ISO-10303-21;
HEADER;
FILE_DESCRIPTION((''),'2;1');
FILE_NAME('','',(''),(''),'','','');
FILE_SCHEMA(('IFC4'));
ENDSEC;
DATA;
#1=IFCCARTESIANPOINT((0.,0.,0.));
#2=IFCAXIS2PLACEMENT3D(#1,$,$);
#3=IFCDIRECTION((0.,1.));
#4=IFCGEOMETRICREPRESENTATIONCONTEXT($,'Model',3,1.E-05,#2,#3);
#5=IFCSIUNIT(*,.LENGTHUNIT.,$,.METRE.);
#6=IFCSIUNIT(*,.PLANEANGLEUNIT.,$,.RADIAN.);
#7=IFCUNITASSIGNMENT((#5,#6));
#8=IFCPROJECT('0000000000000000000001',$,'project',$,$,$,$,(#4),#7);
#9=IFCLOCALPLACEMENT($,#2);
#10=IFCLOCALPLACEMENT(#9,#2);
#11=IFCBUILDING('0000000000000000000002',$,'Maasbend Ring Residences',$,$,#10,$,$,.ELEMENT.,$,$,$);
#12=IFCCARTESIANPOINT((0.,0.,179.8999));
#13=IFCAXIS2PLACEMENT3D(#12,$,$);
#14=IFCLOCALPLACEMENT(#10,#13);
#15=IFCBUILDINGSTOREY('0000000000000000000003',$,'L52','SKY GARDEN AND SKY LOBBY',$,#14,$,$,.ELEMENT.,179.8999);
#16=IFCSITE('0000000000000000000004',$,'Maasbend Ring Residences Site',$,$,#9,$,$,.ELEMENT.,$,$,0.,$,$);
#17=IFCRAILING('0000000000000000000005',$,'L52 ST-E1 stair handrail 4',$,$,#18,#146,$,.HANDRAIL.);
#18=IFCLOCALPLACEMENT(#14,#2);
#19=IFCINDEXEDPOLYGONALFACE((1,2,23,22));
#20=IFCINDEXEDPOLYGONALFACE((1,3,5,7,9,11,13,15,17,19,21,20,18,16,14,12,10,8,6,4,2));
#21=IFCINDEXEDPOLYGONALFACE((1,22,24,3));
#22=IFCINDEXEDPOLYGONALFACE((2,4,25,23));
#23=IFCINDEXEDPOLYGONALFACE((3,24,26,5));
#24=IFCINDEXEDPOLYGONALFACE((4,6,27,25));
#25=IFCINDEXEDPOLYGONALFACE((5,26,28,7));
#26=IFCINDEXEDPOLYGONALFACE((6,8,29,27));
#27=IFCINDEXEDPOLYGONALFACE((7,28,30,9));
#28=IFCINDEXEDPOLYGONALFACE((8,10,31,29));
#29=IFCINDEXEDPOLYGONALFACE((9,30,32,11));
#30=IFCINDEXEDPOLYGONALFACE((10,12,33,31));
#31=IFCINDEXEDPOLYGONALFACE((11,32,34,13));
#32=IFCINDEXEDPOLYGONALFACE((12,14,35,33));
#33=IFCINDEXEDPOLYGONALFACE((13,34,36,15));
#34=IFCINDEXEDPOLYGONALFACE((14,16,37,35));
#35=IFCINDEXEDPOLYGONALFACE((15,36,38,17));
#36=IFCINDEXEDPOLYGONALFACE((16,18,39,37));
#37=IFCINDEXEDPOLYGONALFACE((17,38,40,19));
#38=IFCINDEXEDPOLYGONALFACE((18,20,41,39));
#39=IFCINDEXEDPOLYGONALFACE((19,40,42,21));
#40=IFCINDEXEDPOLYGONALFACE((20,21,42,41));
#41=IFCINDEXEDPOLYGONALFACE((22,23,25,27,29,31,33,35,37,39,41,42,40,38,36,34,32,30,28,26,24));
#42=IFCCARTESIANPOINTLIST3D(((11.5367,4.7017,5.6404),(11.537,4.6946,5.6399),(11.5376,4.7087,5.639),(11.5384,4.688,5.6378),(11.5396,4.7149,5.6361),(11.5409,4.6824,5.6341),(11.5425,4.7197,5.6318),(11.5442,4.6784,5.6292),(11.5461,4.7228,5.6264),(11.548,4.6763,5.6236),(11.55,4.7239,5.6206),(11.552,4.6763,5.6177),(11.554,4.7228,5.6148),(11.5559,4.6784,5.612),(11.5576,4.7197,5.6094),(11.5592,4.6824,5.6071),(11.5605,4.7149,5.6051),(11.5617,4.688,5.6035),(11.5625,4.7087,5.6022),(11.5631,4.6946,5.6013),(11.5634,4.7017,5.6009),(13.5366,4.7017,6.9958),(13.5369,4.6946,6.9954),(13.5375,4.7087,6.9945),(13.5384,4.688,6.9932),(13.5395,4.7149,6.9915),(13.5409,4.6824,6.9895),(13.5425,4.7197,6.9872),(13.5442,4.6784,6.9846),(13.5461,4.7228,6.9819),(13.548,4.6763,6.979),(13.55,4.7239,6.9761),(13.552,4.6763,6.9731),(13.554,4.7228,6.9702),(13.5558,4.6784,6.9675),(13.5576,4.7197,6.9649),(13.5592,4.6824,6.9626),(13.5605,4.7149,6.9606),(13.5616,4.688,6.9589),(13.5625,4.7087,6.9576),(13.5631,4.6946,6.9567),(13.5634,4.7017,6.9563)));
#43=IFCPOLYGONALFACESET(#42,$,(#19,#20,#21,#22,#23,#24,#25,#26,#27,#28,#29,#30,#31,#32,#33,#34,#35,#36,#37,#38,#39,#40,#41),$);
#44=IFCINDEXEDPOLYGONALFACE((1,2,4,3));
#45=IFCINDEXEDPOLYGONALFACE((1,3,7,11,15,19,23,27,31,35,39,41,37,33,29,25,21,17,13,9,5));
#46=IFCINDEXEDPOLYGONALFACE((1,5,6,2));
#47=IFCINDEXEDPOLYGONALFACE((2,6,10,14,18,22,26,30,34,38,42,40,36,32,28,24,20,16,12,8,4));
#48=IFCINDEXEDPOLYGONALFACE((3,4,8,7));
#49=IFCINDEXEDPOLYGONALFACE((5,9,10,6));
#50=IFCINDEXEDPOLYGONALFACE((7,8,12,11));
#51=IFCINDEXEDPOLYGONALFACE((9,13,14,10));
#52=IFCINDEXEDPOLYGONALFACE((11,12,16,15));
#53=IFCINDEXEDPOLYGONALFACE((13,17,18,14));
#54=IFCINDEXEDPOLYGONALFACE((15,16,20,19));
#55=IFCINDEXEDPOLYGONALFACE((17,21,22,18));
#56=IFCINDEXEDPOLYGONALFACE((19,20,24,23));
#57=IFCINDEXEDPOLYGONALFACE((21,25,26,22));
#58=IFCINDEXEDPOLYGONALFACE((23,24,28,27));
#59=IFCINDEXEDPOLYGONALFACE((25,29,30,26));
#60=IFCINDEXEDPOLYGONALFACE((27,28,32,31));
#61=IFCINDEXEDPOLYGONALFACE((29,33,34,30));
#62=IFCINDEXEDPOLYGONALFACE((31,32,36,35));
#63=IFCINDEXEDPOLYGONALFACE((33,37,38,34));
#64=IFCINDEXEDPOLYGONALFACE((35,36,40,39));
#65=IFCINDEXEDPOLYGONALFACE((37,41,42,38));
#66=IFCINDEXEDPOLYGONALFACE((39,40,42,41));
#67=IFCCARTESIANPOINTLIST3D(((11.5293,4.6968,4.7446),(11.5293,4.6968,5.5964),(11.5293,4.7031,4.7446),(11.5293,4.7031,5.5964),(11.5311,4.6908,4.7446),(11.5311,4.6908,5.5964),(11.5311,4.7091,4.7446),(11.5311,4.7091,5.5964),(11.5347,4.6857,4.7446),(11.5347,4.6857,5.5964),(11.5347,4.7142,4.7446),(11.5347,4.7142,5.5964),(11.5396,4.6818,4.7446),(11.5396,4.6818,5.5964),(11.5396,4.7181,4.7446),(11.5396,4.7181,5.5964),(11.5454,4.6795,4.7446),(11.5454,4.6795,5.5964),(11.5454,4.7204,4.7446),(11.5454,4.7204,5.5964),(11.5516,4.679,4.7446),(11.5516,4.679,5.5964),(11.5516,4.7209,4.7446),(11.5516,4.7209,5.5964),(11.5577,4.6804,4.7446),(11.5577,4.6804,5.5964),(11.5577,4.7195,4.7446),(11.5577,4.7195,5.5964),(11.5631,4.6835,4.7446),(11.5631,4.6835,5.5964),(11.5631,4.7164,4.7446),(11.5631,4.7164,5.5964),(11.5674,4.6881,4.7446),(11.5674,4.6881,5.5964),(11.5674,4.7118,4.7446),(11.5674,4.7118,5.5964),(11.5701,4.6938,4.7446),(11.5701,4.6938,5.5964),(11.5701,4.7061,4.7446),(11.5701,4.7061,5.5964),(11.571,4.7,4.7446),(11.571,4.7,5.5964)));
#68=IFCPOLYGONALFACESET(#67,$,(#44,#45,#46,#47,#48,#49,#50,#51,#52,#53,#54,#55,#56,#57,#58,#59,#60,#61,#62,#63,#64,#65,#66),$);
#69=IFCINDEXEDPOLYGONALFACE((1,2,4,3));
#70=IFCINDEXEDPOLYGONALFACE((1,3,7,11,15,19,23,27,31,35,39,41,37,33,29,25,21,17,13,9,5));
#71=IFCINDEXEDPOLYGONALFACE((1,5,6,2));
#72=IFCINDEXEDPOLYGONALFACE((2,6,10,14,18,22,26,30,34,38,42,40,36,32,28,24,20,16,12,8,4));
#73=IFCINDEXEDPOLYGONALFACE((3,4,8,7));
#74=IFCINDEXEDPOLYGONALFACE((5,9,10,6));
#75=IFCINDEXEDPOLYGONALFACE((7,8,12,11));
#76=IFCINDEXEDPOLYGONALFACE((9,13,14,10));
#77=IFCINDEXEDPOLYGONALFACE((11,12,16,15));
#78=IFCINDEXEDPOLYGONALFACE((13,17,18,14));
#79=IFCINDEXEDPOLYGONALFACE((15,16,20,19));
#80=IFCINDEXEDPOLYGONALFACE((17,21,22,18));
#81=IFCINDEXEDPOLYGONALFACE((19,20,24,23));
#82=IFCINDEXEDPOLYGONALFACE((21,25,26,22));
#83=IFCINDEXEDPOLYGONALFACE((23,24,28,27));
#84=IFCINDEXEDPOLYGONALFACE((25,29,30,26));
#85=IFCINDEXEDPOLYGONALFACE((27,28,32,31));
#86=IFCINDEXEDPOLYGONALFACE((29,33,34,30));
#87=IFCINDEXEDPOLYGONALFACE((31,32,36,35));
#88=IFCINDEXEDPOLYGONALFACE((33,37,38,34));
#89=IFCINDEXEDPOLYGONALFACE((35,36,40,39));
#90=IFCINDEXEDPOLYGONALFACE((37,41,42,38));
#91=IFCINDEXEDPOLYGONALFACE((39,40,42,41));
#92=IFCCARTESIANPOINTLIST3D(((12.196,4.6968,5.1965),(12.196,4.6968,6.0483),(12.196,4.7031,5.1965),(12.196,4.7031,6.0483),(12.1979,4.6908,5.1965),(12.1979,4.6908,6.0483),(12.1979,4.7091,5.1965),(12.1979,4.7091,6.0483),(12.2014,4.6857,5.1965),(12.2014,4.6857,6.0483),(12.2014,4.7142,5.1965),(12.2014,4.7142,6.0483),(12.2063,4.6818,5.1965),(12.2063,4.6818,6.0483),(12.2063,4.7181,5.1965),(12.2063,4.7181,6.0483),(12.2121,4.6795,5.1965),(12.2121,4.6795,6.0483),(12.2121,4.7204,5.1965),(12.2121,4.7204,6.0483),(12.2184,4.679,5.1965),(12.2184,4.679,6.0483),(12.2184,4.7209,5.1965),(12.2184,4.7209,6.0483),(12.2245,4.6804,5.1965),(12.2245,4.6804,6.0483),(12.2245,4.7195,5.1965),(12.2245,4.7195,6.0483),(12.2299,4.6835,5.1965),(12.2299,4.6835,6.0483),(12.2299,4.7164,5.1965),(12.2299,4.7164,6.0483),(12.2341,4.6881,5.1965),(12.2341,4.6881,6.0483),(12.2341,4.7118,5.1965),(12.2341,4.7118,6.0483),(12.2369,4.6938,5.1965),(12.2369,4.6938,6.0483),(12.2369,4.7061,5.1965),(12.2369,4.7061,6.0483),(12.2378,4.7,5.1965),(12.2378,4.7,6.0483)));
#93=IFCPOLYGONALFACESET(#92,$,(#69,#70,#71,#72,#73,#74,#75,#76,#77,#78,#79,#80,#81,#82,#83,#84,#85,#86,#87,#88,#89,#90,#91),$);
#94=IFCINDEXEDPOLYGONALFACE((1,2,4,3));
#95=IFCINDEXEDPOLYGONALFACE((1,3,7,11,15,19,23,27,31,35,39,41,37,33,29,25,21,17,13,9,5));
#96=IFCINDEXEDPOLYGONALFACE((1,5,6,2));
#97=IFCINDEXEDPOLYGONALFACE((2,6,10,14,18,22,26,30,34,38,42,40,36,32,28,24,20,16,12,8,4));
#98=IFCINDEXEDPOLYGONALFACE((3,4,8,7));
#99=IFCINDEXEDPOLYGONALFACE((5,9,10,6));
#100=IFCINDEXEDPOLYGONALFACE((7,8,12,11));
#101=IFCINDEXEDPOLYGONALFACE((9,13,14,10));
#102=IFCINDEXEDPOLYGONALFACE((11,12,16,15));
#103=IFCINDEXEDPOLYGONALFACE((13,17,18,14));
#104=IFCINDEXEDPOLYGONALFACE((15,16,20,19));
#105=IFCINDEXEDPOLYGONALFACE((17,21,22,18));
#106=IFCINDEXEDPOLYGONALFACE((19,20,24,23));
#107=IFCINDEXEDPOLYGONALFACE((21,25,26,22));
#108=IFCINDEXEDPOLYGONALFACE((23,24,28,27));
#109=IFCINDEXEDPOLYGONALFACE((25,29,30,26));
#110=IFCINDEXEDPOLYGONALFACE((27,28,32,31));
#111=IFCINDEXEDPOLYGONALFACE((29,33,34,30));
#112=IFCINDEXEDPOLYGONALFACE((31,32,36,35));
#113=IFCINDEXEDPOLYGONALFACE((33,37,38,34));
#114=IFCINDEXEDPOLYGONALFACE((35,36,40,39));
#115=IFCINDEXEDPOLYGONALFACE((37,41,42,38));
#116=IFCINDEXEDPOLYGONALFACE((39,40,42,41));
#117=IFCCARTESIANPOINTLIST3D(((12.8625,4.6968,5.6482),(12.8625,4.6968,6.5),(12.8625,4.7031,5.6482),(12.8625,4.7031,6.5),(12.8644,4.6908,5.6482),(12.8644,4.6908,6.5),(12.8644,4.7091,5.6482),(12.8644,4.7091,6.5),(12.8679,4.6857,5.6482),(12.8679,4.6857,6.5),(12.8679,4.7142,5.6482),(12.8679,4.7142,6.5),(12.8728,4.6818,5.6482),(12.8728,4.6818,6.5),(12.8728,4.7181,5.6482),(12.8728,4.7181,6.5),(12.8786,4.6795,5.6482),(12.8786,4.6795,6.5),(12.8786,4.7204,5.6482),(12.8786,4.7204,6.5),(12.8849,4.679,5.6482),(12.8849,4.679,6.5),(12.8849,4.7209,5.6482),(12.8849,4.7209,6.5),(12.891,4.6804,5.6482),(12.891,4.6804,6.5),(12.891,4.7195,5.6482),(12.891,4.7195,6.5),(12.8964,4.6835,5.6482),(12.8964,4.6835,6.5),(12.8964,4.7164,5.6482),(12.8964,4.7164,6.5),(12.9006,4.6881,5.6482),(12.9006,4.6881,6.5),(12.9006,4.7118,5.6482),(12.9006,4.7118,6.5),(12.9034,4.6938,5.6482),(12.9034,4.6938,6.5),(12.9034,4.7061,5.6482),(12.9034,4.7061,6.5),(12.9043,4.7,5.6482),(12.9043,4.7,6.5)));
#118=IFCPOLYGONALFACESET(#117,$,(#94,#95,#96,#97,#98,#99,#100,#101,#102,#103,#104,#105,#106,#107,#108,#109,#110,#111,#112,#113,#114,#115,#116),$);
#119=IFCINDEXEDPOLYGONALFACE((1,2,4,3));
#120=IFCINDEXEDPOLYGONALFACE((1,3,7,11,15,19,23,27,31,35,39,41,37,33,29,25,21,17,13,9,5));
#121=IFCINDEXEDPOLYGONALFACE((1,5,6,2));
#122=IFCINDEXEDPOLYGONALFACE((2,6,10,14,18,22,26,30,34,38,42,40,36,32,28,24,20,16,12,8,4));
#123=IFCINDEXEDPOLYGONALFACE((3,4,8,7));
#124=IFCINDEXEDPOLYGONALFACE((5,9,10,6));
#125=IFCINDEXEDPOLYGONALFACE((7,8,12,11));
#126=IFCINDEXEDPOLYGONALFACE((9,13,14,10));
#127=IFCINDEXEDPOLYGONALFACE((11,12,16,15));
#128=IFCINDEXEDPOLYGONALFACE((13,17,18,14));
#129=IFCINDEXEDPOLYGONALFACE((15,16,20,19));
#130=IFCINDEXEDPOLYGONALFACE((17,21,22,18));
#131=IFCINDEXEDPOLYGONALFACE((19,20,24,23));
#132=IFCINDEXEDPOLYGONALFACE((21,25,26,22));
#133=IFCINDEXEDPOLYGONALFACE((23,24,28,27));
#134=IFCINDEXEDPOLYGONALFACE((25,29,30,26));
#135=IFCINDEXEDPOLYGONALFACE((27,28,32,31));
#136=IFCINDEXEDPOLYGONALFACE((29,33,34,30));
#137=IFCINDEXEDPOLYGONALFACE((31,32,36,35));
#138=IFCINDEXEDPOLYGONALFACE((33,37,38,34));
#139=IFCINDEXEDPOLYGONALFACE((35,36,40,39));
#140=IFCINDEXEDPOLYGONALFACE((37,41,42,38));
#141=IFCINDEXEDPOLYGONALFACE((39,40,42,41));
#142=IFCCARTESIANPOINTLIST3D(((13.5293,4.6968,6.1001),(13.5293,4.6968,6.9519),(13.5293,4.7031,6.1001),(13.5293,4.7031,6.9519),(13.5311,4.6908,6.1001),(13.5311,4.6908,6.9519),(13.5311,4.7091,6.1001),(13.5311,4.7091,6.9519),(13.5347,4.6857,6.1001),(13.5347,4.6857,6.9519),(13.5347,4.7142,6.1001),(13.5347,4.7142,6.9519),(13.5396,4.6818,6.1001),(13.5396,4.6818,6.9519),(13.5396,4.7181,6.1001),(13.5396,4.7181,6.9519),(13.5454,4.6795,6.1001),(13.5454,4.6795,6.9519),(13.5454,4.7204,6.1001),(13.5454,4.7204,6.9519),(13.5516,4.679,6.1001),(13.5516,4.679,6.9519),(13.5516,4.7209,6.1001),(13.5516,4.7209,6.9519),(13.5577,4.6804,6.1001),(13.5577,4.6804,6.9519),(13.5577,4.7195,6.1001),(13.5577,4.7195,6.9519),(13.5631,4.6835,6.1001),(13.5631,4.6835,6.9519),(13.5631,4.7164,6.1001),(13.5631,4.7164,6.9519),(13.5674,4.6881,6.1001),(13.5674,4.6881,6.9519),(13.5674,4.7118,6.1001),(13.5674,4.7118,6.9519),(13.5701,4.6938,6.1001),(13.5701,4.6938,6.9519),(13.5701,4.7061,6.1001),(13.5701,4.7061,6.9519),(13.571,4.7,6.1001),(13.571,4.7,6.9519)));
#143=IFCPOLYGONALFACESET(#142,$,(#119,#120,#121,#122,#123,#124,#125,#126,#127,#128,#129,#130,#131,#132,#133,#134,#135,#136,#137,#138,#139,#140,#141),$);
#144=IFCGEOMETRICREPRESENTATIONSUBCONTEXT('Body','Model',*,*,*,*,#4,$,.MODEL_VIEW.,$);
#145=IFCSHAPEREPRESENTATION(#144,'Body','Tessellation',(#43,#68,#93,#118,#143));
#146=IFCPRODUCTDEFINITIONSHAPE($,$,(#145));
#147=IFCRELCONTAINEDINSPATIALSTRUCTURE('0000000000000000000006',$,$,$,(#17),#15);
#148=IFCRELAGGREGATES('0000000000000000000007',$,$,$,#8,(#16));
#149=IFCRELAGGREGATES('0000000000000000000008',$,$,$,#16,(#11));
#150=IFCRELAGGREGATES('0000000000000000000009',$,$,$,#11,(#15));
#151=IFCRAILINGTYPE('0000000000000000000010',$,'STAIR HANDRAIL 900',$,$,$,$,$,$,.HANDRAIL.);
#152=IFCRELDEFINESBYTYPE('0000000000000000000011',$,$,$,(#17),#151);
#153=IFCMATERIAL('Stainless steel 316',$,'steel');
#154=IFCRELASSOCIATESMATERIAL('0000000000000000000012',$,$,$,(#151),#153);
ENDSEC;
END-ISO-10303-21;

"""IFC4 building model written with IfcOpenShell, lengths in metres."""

from ifc_helpers import new_model, si_unit, direction, frame, origin, origin_2d, place, context, subcontext, project, spatial, circle, extrude, material, type_object, element, save


model = new_model("IFC4")

# Units and contexts
model_context = context("Model", 3, precision=1e-05, world=origin(), true_north=direction((0.0, 1.0)))
body_context = subcontext(model_context, "Body", "Model", "MODEL_VIEW")
ifc_project = project(units=[si_unit("LENGTHUNIT", "METRE"), si_unit("PLANEANGLEUNIT", "RADIAN")], contexts=[model_context])

# Site, building, storey
site_placement = place(None, origin())
site = spatial("IfcSite", under=ifc_project, at=site_placement, Name="Maasbend Ring Residences Site", CompositionType="ELEMENT", RefElevation=0.0)
building_placement = place(site_placement, origin())
building = spatial("IfcBuilding", under=site, at=building_placement, Name="Maasbend Ring Residences", CompositionType="ELEMENT")
storey_placement = place(building_placement, frame((0.0, 0.0, 179.8999)))
storey = spatial("IfcBuildingStorey", under=building, at=storey_placement, Name="L52", Description="SKY GARDEN AND SKY LOBBY", CompositionType="ELEMENT", Elevation=179.8999)

# Railing
ifc_material_1 = material(Name="Stainless steel 316", Category="steel")
railing_type_1 = type_object("IfcRailingType", Name="STAIR HANDRAIL 900", PredefinedType="HANDRAIL", material=ifc_material_1)
railing_1_placement = place(storey_placement, frame((11.55, 4.7, 4.7446)))
element("IfcRailing", 1, at=railing_1_placement, inside=storey, type_object=railing_type_1, Name="L52 ST-E1 stair handrail 4", PredefinedType="HANDRAIL", context=body_context, shape_type="SweptSolid", body=[
    extrude(circle(Radius=0.0239, at=origin_2d()), frame((0.0, 0.0, 0.876), z_axis=(0.827798, 0.0, 0.561027), x_axis=(0.0, 1.0, 0.0)), (0.0, 0.0, 1.0), 2.416),
    extrude(circle(Radius=0.021, at=origin_2d()), origin(), (0.0, 0.0, 1.0), 0.8518),
    extrude(circle(Radius=0.021, at=origin_2d()), frame((0.6667, 0.0, 0.4519)), (0.0, 0.0, 1.0), 0.8518),
    extrude(circle(Radius=0.021, at=origin_2d()), frame((1.3333, 0.0, 0.9036)), (0.0, 0.0, 1.0), 0.8518),
    extrude(circle(Radius=0.021, at=origin_2d()), frame((2.0, 0.0, 1.3555)), (0.0, 0.0, 1.0), 0.8518),
])

save(model, "model.ifc")
